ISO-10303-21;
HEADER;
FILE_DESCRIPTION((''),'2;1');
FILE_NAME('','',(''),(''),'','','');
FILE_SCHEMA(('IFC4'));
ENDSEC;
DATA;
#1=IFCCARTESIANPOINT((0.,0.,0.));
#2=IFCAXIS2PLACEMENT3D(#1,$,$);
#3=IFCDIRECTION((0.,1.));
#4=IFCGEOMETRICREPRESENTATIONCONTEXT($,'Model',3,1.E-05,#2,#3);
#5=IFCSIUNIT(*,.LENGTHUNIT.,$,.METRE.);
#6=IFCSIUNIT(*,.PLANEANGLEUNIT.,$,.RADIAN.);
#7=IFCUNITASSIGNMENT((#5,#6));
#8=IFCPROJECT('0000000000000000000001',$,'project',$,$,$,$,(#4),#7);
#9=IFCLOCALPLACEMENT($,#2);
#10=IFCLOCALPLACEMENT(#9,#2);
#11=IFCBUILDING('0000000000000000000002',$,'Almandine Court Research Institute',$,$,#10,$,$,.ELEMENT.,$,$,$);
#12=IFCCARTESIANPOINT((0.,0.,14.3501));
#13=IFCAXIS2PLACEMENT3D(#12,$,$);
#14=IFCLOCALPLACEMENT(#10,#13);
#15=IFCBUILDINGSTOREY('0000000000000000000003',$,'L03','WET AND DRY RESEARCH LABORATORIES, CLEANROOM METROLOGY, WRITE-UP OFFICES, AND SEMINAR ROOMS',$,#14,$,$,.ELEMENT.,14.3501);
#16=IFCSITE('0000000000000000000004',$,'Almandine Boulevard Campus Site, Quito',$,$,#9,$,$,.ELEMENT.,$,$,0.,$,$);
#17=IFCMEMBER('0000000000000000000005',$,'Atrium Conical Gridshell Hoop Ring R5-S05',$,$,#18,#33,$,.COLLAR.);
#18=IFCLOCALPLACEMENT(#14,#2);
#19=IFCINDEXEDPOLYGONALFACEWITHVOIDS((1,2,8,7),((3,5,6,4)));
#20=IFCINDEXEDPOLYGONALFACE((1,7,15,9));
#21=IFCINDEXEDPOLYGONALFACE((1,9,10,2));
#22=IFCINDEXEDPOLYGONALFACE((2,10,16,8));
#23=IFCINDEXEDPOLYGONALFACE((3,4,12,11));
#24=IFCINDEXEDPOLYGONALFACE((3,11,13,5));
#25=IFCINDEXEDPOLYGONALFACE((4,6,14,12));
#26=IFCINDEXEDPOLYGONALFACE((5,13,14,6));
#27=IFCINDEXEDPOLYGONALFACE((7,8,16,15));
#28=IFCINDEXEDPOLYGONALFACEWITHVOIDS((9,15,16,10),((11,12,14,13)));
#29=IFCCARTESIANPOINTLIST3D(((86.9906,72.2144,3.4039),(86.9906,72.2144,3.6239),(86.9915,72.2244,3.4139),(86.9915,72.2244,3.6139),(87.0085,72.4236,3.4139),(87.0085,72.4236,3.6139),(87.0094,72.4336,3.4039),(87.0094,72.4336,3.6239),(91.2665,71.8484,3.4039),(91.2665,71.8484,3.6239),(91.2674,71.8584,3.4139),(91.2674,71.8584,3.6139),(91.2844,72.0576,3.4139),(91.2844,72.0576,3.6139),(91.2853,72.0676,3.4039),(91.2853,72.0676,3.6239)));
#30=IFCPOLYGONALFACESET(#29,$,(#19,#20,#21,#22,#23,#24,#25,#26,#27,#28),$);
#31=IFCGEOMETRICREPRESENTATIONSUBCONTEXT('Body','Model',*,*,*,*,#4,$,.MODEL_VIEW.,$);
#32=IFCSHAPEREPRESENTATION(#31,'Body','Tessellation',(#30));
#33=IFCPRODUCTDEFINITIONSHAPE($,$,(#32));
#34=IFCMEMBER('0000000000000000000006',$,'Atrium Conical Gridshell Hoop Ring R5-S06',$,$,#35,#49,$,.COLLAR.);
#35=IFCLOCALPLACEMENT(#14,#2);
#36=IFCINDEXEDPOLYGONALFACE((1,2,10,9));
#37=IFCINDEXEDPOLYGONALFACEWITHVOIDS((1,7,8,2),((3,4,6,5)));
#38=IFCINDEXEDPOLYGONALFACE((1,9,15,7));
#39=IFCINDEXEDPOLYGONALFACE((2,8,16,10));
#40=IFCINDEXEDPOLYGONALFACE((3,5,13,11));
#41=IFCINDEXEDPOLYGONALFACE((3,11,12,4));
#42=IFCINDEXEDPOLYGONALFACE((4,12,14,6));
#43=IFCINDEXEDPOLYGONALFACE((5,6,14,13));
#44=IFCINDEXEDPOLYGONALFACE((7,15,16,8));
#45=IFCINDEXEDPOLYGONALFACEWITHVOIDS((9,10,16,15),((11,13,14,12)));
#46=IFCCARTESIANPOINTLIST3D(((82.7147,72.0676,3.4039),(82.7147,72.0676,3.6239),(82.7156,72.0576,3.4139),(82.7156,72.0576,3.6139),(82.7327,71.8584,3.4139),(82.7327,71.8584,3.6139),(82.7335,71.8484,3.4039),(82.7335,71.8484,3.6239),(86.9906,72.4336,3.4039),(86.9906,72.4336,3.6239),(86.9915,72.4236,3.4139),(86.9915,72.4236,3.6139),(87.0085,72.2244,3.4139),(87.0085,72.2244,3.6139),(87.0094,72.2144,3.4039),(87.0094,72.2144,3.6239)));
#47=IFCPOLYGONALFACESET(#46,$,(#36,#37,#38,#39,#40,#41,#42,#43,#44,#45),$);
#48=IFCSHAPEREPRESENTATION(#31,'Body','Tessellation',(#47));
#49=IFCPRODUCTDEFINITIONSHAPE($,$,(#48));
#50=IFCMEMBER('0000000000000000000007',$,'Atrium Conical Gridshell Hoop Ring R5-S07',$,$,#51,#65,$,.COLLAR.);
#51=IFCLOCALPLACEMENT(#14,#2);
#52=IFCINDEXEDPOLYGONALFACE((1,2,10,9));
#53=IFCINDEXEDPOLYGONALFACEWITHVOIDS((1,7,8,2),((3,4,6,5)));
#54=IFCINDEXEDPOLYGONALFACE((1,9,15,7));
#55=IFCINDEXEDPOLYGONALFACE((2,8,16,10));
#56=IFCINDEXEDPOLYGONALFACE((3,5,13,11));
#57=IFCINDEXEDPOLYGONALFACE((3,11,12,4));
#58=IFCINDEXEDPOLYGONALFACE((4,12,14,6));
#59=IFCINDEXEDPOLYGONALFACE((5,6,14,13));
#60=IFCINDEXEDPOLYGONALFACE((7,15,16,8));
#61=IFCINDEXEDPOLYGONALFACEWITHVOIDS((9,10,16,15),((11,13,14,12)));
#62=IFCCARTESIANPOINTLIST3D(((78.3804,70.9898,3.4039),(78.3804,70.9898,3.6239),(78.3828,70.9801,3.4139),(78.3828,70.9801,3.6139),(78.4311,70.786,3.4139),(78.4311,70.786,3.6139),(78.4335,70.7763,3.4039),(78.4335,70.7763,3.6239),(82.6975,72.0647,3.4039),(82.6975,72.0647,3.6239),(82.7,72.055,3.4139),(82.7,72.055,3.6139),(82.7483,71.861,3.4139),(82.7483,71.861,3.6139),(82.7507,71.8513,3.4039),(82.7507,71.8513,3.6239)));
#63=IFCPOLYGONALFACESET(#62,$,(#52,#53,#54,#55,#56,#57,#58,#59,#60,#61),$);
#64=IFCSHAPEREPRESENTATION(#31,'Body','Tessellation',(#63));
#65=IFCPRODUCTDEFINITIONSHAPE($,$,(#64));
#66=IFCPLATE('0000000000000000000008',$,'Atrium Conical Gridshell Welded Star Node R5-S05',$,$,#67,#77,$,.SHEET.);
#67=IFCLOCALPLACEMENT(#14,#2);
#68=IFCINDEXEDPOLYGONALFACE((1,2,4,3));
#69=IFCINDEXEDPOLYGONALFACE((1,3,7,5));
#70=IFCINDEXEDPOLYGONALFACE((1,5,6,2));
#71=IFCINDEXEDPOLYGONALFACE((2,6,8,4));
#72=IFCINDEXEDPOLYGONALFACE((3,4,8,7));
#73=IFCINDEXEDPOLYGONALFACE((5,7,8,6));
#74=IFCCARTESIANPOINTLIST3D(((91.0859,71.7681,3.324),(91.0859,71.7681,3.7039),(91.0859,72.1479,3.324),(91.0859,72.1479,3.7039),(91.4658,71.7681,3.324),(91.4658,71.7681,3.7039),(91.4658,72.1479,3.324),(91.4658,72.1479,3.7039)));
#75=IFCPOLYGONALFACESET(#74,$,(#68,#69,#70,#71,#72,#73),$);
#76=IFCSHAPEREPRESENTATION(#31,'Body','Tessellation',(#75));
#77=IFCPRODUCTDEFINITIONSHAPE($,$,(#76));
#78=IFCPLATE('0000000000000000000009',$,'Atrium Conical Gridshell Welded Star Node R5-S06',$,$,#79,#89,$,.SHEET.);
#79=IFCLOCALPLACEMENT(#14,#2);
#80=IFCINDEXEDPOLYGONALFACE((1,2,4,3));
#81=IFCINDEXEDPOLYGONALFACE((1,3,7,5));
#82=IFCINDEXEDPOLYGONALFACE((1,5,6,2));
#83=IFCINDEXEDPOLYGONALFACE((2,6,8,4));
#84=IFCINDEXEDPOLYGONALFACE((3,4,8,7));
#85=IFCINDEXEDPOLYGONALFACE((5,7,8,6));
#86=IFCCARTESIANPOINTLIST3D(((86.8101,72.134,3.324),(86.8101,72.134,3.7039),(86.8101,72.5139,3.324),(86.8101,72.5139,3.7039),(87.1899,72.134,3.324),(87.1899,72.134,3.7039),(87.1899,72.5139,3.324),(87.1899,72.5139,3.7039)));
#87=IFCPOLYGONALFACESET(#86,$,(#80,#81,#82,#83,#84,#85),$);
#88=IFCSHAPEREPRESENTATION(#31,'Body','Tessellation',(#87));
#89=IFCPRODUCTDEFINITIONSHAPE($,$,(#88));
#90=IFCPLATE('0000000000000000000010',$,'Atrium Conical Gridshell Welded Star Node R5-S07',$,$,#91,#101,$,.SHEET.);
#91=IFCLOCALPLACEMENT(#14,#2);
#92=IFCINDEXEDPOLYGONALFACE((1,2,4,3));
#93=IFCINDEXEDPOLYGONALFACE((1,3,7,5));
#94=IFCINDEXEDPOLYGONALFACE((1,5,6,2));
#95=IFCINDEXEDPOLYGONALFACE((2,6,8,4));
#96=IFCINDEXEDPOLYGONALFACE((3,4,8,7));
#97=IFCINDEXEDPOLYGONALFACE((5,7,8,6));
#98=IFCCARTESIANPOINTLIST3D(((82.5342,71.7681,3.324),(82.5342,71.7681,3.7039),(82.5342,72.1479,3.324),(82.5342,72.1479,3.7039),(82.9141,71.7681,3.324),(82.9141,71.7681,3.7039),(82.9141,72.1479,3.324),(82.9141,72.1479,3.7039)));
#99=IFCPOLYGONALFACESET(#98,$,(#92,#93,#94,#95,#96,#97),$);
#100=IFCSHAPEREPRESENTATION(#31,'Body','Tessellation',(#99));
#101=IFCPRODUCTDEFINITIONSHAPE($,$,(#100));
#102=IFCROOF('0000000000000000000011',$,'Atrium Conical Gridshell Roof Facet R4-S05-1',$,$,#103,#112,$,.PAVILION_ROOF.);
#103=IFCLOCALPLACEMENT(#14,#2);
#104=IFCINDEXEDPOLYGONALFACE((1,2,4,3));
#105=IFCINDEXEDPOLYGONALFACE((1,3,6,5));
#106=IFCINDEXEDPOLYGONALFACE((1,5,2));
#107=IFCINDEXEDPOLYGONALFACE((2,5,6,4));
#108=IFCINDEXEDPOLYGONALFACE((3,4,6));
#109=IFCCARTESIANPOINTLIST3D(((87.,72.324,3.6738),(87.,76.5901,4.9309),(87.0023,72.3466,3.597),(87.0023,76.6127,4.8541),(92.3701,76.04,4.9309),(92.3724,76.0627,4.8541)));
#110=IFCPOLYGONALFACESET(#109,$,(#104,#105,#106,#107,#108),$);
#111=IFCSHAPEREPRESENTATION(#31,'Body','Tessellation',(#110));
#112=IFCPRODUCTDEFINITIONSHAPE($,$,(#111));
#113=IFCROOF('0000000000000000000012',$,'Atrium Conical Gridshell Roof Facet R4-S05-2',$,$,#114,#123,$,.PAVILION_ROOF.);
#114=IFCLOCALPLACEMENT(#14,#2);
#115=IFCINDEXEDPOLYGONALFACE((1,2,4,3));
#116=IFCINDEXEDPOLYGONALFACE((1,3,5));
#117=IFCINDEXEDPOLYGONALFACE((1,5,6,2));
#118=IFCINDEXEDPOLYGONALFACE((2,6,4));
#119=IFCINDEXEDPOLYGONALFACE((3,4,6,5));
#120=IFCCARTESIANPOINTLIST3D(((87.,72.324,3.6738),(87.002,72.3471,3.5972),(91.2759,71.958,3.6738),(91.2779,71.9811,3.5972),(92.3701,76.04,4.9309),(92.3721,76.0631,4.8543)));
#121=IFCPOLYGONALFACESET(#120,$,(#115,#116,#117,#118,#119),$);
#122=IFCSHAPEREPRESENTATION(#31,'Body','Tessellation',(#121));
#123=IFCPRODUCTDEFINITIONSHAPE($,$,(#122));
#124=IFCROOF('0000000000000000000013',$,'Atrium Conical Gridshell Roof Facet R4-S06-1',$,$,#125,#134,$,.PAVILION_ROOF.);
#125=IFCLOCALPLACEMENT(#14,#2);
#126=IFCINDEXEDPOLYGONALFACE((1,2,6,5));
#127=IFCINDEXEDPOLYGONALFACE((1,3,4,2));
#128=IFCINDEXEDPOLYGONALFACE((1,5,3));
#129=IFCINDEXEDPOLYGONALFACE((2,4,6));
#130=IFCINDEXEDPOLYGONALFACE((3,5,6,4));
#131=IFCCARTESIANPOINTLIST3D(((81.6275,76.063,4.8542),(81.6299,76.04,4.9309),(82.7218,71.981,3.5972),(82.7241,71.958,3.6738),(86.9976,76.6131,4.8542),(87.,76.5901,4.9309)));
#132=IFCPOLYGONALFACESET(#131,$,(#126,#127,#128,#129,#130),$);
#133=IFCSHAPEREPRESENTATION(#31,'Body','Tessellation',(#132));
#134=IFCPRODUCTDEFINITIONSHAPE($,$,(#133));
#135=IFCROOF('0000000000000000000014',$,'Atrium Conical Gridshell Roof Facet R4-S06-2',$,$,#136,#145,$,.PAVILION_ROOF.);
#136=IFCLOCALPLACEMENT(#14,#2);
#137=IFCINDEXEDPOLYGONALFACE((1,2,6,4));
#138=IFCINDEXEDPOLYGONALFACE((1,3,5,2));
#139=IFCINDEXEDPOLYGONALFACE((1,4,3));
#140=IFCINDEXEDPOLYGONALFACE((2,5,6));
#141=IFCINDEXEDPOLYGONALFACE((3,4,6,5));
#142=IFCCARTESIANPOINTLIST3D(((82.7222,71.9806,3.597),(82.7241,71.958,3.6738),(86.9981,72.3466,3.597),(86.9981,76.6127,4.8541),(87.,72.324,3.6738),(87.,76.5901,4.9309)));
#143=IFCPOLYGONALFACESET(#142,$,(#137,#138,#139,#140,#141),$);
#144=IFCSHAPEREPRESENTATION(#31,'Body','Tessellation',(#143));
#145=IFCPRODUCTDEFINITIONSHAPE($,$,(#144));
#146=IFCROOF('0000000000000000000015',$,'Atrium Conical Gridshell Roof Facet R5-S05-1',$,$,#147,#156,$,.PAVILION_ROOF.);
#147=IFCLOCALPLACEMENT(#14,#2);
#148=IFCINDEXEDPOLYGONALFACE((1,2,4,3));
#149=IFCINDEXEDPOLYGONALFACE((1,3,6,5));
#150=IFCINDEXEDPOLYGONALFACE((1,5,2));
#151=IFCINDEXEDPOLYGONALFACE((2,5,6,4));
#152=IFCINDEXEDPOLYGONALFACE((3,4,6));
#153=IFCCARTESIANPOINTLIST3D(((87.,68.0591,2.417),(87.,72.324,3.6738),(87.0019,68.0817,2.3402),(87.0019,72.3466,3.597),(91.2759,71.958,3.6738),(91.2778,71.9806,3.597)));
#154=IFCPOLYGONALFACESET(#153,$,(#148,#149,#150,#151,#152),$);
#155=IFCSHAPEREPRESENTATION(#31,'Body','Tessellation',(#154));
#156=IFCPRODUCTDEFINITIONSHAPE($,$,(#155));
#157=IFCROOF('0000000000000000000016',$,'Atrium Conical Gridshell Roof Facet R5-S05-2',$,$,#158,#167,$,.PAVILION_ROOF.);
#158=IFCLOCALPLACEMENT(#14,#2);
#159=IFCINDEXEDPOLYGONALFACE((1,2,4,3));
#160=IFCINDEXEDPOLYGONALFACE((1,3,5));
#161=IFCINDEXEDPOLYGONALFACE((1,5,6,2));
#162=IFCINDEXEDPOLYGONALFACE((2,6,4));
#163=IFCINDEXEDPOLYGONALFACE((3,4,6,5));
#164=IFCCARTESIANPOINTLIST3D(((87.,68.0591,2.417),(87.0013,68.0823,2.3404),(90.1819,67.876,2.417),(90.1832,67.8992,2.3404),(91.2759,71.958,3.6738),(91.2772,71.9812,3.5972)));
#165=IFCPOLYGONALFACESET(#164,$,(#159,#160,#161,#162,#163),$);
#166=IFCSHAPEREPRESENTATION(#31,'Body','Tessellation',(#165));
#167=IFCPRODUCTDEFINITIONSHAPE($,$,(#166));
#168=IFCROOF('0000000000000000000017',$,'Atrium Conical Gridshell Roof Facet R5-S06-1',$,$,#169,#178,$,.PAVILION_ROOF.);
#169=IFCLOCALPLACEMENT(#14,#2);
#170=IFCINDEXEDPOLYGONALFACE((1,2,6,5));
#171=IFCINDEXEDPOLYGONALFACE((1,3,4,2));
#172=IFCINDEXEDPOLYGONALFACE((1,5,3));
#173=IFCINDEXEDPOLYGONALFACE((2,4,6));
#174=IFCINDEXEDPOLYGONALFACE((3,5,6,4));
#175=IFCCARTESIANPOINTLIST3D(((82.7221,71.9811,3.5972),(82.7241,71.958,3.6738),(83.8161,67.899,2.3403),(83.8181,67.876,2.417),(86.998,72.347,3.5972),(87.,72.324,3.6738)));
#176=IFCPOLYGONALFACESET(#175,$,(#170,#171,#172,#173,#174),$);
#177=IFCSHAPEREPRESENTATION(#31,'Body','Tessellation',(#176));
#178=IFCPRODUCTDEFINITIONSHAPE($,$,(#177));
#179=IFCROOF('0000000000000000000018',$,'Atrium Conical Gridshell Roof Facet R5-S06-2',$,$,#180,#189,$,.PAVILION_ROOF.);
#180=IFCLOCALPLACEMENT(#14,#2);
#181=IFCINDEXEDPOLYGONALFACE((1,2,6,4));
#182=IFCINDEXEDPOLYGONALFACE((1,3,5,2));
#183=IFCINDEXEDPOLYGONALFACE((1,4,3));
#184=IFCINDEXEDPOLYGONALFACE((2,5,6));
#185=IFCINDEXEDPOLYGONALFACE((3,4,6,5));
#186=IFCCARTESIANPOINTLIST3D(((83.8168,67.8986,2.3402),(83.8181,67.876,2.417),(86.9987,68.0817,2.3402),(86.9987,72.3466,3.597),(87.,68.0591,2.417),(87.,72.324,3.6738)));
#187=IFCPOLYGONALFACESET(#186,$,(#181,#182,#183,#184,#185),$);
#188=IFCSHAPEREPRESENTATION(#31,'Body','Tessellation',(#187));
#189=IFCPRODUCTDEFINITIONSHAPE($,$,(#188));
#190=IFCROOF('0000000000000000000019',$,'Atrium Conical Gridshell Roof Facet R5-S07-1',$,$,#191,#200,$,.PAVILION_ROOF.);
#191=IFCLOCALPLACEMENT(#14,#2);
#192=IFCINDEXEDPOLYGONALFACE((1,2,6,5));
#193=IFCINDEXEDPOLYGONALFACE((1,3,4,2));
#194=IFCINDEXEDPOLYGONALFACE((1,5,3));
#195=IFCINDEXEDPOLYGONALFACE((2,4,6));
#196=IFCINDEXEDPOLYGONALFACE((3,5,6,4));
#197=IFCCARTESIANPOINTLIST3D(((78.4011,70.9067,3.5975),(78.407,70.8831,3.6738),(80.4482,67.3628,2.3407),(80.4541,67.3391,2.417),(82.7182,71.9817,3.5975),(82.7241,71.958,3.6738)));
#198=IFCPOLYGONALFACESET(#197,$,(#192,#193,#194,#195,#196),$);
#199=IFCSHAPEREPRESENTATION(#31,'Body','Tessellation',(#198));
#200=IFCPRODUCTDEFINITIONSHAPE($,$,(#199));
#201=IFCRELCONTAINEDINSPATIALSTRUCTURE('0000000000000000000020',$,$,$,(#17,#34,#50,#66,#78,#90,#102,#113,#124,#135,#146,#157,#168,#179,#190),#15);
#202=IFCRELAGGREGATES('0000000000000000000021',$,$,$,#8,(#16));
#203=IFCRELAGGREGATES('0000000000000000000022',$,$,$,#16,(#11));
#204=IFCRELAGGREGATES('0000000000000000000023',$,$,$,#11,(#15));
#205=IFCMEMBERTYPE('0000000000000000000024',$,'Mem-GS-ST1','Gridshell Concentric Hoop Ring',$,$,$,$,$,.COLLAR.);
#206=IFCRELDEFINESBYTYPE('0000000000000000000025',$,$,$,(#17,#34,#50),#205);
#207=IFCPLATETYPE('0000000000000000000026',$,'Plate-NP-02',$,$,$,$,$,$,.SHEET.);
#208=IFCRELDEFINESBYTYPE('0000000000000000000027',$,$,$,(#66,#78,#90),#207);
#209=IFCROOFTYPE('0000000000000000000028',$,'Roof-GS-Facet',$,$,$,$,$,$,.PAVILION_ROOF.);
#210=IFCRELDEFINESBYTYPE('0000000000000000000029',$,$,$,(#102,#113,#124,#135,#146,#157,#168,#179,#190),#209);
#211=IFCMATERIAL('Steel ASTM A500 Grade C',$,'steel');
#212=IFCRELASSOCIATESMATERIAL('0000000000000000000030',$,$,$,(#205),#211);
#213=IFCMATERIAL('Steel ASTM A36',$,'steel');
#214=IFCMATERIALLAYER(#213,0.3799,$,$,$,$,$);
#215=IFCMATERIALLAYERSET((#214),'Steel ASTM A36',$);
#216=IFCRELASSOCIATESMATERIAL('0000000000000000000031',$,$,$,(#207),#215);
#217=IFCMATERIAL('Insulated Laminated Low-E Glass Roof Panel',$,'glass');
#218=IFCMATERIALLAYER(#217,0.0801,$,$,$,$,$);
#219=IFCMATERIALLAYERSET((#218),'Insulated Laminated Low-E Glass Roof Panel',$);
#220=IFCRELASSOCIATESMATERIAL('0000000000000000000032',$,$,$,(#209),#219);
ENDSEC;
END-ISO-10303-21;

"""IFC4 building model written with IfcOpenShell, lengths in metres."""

from ifc_helpers import new_model, si_unit, direction, frame, origin, origin_2d, place, context, subcontext, project, spatial, polyline, rectangle, hollow_rectangle, outline, extrude, material, layer, layer_set, material_profile, profile_set, type_object, element, save


model = new_model("IFC4")

# Units and contexts
model_context = context("Model", 3, precision=1e-05, world=origin(), true_north=direction((0.0, 1.0)))
body_context = subcontext(model_context, "Body", "Model", "MODEL_VIEW")
ifc_project = project(units=[si_unit("LENGTHUNIT", "METRE"), si_unit("PLANEANGLEUNIT", "RADIAN")], contexts=[model_context])

# Site, building, storey
site_placement = place(None, origin())
site = spatial("IfcSite", under=ifc_project, at=site_placement, Name="Almandine Boulevard Campus Site, Quito", CompositionType="ELEMENT", RefElevation=0.0)
building_placement = place(site_placement, origin())
building = spatial("IfcBuilding", under=site, at=building_placement, Name="Almandine Court Research Institute", CompositionType="ELEMENT")
storey_placement = place(building_placement, frame((0.0, 0.0, 14.3501)))
storey = spatial("IfcBuildingStorey", under=building, at=storey_placement, Name="L03", Description="WET AND DRY RESEARCH LABORATORIES, CLEANROOM METROLOGY, WRITE-UP OFFICES, AND SEMINAR ROOMS", CompositionType="ELEMENT", Elevation=14.3501)

# Members
ifc_material_1 = material(Name="Steel ASTM A500 Grade C", Category="steel")
ifc_material_profile_1 = material_profile(ifc_material_1, hollow_rectangle(XDim=0.22, YDim=0.22, WallThickness=0.01, at=origin_2d()), Name="HSS 220x220x10")
ifc_profile_set_1 = profile_set([ifc_material_profile_1], Name="Steel ASTM A500 Grade C")
member_type_1 = type_object("IfcMemberType", Name="Mem-GS-ST1", Description="Gridshell Concentric Hoop Ring", PredefinedType="COLLAR", material=ifc_profile_set_1)
for number, where, z_axis, x_axis, name in (
    (1, (91.2759, 71.958, 3.5139), (-0.996357, 0.085277, 0.0), (-0.085277, -0.996357, 0.0), "Atrium Conical Gridshell Hoop Ring R5-S05"),
    (2, (87.0, 72.324, 3.5139), (-0.996357, -0.085277, 0.0), (0.085277, -0.996357, 0.0), "Atrium Conical Gridshell Hoop Ring R5-S06"),
):
    element("IfcMember", number, at=place(storey_placement, frame(where, z_axis=z_axis, x_axis=x_axis)), inside=storey, type_object=member_type_1, Name=name, PredefinedType="COLLAR", context=body_context, shape_type="SweptSolid", body=[
        extrude(hollow_rectangle(XDim=0.22, YDim=0.22, WallThickness=0.01, at=origin_2d()), origin(), (0.0, 0.0, 1.0), 4.2915),
    ])
member_1_placement = place(storey_placement, frame((82.7241, 71.958, 3.5139), z_axis=(-0.970371, -0.241619, 0.0), x_axis=(0.241619, -0.970371, 0.0)))
element("IfcMember", 3, at=member_1_placement, inside=storey, type_object=member_type_1, Name="Atrium Conical Gridshell Hoop Ring R5-S07", PredefinedType="COLLAR", context=body_context, shape_type="SweptSolid", body=[
    extrude(hollow_rectangle(XDim=0.22, YDim=0.22, WallThickness=0.01, at=origin_2d()), origin(), (0.0, 0.0, 1.0), 4.449),
])

# Plates
ifc_material_2 = material(Name="Steel ASTM A36", Category="steel")
ifc_layer_1 = layer(ifc_material_2, 0.3799)
ifc_layer_set_1 = layer_set([ifc_layer_1], Name="Steel ASTM A36")
plate_type = type_object("IfcPlateType", Name="Plate-NP-02", PredefinedType="SHEET", material=ifc_layer_set_1)
for number, where, z_axis, x_axis, name in (
    (4, (91.2759, 71.958, 3.324), (0.0, 0.0, 1.0), (1.0, 0.0, 0.0), "Atrium Conical Gridshell Welded Star Node R5-S05"),
    (5, (87.0, 72.324, 3.324), (0.0, 0.0, 1.0), (1.0, 0.0, 0.0), "Atrium Conical Gridshell Welded Star Node R5-S06"),
    (6, (82.7241, 71.958, 3.324), (0.0, 0.0, 1.0), (1.0, 0.0, 0.0), "Atrium Conical Gridshell Welded Star Node R5-S07"),
):
    element("IfcPlate", number, at=place(storey_placement, frame(where, z_axis=z_axis, x_axis=x_axis)), inside=storey, type_object=plate_type, Name=name, PredefinedType="SHEET", context=body_context, shape_type="SweptSolid", body=[
        extrude(rectangle(XDim=0.3799, YDim=0.3799, at=origin_2d()), origin(), (0.0, 0.0, 1.0), 0.3799),
    ])

# Roofs
ifc_material_3 = material(Name="Insulated Laminated Low-E Glass Roof Panel", Category="glass")
ifc_layer_2 = layer(ifc_material_3, 0.0801)
ifc_layer_set_2 = layer_set([ifc_layer_2], Name="Insulated Laminated Low-E Glass Roof Panel")
roof_type = type_object("IfcRoofType", Name="Roof-GS-Facet", PredefinedType="PAVILION_ROOF", material=ifc_layer_set_2)
roof_1_placement = place(storey_placement, frame((92.3701, 76.04, 4.9309), z_axis=(-0.028939, -0.282532, 0.958821), x_axis=(-0.994795, 0.101895, 0.0)))
element("IfcRoof", 7, at=roof_1_placement, inside=storey, type_object=roof_type, Name="Atrium Conical Gridshell Roof Facet R4-S05-1", PredefinedType="PAVILION_ROOF", context=body_context, shape_type="SweptSolid", body=[
    extrude(outline(polyline([(0.0, 0.0), (5.3982, 0.0), (4.9635, 4.4262), (0.0, 0.0)])), origin(), (0.0, 0.0, -1.0), 0.0801),
])
roof_2_placement = place(storey_placement, frame((92.3701, 76.04, 4.9309), z_axis=(-0.024665, -0.28818, 0.957258), x_axis=(-0.80749, -0.558775, -0.189024)))
element("IfcRoof", 8, at=roof_2_placement, inside=storey, type_object=roof_type, Name="Atrium Conical Gridshell Roof Facet R4-S05-2", PredefinedType="PAVILION_ROOF", context=body_context, shape_type="SweptSolid", body=[
    extrude(outline(polyline([(0.0, 0.0), (6.6504, 0.0), (3.4021, 2.8046), (0.0, 0.0)])), origin(), (0.0, 0.0, -1.0), 0.0801),
])
roof_3_placement = place(storey_placement, frame((87.0, 76.5901, 4.9309), z_axis=(0.029395, -0.286982, 0.957485), x_axis=(-0.994795, -0.101895, 0.0)))
element("IfcRoof", 9, at=roof_3_placement, inside=storey, type_object=roof_type, Name="Atrium Conical Gridshell Roof Facet R4-S06-1", PredefinedType="PAVILION_ROOF", context=body_context, shape_type="SweptSolid", body=[
    extrude(outline(polyline([(0.0, 0.0), (5.3982, 0.0), (4.7256, 4.3575), (0.0, 0.0)])), origin(), (0.0, 0.0, -1.0), 0.0801),
])
roof_4_placement = place(storey_placement, frame((87.0, 76.5901, 4.9309), z_axis=(0.024185, -0.282568, 0.958942), x_axis=(-0.665193, -0.720607, -0.195562)))
element("IfcRoof", 10, at=roof_4_placement, inside=storey, type_object=roof_type, Name="Atrium Conical Gridshell Roof Facet R4-S06-2", PredefinedType="PAVILION_ROOF", context=body_context, shape_type="SweptSolid", body=[
    extrude(outline(polyline([(0.0, 0.0), (6.428, 0.0), (3.32, 2.9593), (0.0, 0.0)])), origin(), (0.0, 0.0, -1.0), 0.0801),
])
roof_5_placement = place(storey_placement, frame((91.2759, 71.958, 3.6738), z_axis=(-0.024187, -0.282592, 0.958935), x_axis=(-0.996357, 0.085277, 0.0)))
element("IfcRoof", 11, at=roof_5_placement, inside=storey, type_object=roof_type, Name="Atrium Conical Gridshell Roof Facet R5-S05-1", PredefinedType="PAVILION_ROOF", context=body_context, shape_type="SweptSolid", body=[
    extrude(outline(polyline([(0.0, 0.0), (4.2915, 0.0), (3.9278, 4.4313), (0.0, 0.0)])), origin(), (0.0, 0.0, -1.0), 0.0801),
])
roof_6_placement = place(storey_placement, frame((91.2759, 71.958, 3.6738), z_axis=(-0.016696, -0.290132, 0.956841), x_axis=(-0.722091, -0.658433, -0.212249)))
element("IfcRoof", 12, at=roof_6_placement, inside=storey, type_object=roof_type, Name="Atrium Conical Gridshell Roof Facet R5-S05-2", PredefinedType="PAVILION_ROOF", context=body_context, shape_type="SweptSolid", body=[
    extrude(outline(polyline([(0.0, 0.0), (5.9215, 0.0), (3.7445, 2.3277), (0.0, 0.0)])), origin(), (0.0, 0.0, -1.0), 0.0801),
])
roof_7_placement = place(storey_placement, frame((87.0, 72.324, 3.6738), z_axis=(0.024661, -0.28813, 0.957274), x_axis=(-0.996357, -0.085277, 0.0)))
element("IfcRoof", 13, at=roof_7_placement, inside=storey, type_object=roof_type, Name="Atrium Conical Gridshell Roof Facet R5-S06-1", PredefinedType="PAVILION_ROOF", context=body_context, shape_type="SweptSolid", body=[
    extrude(outline(polyline([(0.0, 0.0), (4.2915, 0.0), (3.5496, 4.3461), (0.0, 0.0)])), origin(), (0.0, 0.0, -1.0), 0.0801),
])
roof_8_placement = place(storey_placement, frame((87.0, 72.324, 3.6738), z_axis=(0.016265, -0.282637, 0.959089), x_axis=(-0.567031, -0.79266, -0.223976)))
element("IfcRoof", 14, at=roof_8_placement, inside=storey, type_object=roof_type, Name="Atrium Conical Gridshell Roof Facet R5-S06-2", PredefinedType="PAVILION_ROOF", context=body_context, shape_type="SweptSolid", body=[
    extrude(outline(polyline([(0.0, 0.0), (5.6115, 0.0), (3.6621, 2.5215), (0.0, 0.0)])), origin(), (0.0, 0.0, -1.0), 0.0801),
])
roof_9_placement = place(storey_placement, frame((82.7241, 71.958, 3.6738), z_axis=(0.073538, -0.29534, 0.952558), x_axis=(-0.970371, -0.241619, 0.0)))
element("IfcRoof", 15, at=roof_9_placement, inside=storey, type_object=roof_type, Name="Atrium Conical Gridshell Roof Facet R5-S07-1", PredefinedType="PAVILION_ROOF", context=body_context, shape_type="SweptSolid", body=[
    extrude(outline(polyline([(0.0, 0.0), (4.449, 0.0), (3.3188, 4.1295), (0.0, 0.0)])), origin(), (0.0, 0.0, -1.0), 0.0801),
])

save(model, "model.ifc")
